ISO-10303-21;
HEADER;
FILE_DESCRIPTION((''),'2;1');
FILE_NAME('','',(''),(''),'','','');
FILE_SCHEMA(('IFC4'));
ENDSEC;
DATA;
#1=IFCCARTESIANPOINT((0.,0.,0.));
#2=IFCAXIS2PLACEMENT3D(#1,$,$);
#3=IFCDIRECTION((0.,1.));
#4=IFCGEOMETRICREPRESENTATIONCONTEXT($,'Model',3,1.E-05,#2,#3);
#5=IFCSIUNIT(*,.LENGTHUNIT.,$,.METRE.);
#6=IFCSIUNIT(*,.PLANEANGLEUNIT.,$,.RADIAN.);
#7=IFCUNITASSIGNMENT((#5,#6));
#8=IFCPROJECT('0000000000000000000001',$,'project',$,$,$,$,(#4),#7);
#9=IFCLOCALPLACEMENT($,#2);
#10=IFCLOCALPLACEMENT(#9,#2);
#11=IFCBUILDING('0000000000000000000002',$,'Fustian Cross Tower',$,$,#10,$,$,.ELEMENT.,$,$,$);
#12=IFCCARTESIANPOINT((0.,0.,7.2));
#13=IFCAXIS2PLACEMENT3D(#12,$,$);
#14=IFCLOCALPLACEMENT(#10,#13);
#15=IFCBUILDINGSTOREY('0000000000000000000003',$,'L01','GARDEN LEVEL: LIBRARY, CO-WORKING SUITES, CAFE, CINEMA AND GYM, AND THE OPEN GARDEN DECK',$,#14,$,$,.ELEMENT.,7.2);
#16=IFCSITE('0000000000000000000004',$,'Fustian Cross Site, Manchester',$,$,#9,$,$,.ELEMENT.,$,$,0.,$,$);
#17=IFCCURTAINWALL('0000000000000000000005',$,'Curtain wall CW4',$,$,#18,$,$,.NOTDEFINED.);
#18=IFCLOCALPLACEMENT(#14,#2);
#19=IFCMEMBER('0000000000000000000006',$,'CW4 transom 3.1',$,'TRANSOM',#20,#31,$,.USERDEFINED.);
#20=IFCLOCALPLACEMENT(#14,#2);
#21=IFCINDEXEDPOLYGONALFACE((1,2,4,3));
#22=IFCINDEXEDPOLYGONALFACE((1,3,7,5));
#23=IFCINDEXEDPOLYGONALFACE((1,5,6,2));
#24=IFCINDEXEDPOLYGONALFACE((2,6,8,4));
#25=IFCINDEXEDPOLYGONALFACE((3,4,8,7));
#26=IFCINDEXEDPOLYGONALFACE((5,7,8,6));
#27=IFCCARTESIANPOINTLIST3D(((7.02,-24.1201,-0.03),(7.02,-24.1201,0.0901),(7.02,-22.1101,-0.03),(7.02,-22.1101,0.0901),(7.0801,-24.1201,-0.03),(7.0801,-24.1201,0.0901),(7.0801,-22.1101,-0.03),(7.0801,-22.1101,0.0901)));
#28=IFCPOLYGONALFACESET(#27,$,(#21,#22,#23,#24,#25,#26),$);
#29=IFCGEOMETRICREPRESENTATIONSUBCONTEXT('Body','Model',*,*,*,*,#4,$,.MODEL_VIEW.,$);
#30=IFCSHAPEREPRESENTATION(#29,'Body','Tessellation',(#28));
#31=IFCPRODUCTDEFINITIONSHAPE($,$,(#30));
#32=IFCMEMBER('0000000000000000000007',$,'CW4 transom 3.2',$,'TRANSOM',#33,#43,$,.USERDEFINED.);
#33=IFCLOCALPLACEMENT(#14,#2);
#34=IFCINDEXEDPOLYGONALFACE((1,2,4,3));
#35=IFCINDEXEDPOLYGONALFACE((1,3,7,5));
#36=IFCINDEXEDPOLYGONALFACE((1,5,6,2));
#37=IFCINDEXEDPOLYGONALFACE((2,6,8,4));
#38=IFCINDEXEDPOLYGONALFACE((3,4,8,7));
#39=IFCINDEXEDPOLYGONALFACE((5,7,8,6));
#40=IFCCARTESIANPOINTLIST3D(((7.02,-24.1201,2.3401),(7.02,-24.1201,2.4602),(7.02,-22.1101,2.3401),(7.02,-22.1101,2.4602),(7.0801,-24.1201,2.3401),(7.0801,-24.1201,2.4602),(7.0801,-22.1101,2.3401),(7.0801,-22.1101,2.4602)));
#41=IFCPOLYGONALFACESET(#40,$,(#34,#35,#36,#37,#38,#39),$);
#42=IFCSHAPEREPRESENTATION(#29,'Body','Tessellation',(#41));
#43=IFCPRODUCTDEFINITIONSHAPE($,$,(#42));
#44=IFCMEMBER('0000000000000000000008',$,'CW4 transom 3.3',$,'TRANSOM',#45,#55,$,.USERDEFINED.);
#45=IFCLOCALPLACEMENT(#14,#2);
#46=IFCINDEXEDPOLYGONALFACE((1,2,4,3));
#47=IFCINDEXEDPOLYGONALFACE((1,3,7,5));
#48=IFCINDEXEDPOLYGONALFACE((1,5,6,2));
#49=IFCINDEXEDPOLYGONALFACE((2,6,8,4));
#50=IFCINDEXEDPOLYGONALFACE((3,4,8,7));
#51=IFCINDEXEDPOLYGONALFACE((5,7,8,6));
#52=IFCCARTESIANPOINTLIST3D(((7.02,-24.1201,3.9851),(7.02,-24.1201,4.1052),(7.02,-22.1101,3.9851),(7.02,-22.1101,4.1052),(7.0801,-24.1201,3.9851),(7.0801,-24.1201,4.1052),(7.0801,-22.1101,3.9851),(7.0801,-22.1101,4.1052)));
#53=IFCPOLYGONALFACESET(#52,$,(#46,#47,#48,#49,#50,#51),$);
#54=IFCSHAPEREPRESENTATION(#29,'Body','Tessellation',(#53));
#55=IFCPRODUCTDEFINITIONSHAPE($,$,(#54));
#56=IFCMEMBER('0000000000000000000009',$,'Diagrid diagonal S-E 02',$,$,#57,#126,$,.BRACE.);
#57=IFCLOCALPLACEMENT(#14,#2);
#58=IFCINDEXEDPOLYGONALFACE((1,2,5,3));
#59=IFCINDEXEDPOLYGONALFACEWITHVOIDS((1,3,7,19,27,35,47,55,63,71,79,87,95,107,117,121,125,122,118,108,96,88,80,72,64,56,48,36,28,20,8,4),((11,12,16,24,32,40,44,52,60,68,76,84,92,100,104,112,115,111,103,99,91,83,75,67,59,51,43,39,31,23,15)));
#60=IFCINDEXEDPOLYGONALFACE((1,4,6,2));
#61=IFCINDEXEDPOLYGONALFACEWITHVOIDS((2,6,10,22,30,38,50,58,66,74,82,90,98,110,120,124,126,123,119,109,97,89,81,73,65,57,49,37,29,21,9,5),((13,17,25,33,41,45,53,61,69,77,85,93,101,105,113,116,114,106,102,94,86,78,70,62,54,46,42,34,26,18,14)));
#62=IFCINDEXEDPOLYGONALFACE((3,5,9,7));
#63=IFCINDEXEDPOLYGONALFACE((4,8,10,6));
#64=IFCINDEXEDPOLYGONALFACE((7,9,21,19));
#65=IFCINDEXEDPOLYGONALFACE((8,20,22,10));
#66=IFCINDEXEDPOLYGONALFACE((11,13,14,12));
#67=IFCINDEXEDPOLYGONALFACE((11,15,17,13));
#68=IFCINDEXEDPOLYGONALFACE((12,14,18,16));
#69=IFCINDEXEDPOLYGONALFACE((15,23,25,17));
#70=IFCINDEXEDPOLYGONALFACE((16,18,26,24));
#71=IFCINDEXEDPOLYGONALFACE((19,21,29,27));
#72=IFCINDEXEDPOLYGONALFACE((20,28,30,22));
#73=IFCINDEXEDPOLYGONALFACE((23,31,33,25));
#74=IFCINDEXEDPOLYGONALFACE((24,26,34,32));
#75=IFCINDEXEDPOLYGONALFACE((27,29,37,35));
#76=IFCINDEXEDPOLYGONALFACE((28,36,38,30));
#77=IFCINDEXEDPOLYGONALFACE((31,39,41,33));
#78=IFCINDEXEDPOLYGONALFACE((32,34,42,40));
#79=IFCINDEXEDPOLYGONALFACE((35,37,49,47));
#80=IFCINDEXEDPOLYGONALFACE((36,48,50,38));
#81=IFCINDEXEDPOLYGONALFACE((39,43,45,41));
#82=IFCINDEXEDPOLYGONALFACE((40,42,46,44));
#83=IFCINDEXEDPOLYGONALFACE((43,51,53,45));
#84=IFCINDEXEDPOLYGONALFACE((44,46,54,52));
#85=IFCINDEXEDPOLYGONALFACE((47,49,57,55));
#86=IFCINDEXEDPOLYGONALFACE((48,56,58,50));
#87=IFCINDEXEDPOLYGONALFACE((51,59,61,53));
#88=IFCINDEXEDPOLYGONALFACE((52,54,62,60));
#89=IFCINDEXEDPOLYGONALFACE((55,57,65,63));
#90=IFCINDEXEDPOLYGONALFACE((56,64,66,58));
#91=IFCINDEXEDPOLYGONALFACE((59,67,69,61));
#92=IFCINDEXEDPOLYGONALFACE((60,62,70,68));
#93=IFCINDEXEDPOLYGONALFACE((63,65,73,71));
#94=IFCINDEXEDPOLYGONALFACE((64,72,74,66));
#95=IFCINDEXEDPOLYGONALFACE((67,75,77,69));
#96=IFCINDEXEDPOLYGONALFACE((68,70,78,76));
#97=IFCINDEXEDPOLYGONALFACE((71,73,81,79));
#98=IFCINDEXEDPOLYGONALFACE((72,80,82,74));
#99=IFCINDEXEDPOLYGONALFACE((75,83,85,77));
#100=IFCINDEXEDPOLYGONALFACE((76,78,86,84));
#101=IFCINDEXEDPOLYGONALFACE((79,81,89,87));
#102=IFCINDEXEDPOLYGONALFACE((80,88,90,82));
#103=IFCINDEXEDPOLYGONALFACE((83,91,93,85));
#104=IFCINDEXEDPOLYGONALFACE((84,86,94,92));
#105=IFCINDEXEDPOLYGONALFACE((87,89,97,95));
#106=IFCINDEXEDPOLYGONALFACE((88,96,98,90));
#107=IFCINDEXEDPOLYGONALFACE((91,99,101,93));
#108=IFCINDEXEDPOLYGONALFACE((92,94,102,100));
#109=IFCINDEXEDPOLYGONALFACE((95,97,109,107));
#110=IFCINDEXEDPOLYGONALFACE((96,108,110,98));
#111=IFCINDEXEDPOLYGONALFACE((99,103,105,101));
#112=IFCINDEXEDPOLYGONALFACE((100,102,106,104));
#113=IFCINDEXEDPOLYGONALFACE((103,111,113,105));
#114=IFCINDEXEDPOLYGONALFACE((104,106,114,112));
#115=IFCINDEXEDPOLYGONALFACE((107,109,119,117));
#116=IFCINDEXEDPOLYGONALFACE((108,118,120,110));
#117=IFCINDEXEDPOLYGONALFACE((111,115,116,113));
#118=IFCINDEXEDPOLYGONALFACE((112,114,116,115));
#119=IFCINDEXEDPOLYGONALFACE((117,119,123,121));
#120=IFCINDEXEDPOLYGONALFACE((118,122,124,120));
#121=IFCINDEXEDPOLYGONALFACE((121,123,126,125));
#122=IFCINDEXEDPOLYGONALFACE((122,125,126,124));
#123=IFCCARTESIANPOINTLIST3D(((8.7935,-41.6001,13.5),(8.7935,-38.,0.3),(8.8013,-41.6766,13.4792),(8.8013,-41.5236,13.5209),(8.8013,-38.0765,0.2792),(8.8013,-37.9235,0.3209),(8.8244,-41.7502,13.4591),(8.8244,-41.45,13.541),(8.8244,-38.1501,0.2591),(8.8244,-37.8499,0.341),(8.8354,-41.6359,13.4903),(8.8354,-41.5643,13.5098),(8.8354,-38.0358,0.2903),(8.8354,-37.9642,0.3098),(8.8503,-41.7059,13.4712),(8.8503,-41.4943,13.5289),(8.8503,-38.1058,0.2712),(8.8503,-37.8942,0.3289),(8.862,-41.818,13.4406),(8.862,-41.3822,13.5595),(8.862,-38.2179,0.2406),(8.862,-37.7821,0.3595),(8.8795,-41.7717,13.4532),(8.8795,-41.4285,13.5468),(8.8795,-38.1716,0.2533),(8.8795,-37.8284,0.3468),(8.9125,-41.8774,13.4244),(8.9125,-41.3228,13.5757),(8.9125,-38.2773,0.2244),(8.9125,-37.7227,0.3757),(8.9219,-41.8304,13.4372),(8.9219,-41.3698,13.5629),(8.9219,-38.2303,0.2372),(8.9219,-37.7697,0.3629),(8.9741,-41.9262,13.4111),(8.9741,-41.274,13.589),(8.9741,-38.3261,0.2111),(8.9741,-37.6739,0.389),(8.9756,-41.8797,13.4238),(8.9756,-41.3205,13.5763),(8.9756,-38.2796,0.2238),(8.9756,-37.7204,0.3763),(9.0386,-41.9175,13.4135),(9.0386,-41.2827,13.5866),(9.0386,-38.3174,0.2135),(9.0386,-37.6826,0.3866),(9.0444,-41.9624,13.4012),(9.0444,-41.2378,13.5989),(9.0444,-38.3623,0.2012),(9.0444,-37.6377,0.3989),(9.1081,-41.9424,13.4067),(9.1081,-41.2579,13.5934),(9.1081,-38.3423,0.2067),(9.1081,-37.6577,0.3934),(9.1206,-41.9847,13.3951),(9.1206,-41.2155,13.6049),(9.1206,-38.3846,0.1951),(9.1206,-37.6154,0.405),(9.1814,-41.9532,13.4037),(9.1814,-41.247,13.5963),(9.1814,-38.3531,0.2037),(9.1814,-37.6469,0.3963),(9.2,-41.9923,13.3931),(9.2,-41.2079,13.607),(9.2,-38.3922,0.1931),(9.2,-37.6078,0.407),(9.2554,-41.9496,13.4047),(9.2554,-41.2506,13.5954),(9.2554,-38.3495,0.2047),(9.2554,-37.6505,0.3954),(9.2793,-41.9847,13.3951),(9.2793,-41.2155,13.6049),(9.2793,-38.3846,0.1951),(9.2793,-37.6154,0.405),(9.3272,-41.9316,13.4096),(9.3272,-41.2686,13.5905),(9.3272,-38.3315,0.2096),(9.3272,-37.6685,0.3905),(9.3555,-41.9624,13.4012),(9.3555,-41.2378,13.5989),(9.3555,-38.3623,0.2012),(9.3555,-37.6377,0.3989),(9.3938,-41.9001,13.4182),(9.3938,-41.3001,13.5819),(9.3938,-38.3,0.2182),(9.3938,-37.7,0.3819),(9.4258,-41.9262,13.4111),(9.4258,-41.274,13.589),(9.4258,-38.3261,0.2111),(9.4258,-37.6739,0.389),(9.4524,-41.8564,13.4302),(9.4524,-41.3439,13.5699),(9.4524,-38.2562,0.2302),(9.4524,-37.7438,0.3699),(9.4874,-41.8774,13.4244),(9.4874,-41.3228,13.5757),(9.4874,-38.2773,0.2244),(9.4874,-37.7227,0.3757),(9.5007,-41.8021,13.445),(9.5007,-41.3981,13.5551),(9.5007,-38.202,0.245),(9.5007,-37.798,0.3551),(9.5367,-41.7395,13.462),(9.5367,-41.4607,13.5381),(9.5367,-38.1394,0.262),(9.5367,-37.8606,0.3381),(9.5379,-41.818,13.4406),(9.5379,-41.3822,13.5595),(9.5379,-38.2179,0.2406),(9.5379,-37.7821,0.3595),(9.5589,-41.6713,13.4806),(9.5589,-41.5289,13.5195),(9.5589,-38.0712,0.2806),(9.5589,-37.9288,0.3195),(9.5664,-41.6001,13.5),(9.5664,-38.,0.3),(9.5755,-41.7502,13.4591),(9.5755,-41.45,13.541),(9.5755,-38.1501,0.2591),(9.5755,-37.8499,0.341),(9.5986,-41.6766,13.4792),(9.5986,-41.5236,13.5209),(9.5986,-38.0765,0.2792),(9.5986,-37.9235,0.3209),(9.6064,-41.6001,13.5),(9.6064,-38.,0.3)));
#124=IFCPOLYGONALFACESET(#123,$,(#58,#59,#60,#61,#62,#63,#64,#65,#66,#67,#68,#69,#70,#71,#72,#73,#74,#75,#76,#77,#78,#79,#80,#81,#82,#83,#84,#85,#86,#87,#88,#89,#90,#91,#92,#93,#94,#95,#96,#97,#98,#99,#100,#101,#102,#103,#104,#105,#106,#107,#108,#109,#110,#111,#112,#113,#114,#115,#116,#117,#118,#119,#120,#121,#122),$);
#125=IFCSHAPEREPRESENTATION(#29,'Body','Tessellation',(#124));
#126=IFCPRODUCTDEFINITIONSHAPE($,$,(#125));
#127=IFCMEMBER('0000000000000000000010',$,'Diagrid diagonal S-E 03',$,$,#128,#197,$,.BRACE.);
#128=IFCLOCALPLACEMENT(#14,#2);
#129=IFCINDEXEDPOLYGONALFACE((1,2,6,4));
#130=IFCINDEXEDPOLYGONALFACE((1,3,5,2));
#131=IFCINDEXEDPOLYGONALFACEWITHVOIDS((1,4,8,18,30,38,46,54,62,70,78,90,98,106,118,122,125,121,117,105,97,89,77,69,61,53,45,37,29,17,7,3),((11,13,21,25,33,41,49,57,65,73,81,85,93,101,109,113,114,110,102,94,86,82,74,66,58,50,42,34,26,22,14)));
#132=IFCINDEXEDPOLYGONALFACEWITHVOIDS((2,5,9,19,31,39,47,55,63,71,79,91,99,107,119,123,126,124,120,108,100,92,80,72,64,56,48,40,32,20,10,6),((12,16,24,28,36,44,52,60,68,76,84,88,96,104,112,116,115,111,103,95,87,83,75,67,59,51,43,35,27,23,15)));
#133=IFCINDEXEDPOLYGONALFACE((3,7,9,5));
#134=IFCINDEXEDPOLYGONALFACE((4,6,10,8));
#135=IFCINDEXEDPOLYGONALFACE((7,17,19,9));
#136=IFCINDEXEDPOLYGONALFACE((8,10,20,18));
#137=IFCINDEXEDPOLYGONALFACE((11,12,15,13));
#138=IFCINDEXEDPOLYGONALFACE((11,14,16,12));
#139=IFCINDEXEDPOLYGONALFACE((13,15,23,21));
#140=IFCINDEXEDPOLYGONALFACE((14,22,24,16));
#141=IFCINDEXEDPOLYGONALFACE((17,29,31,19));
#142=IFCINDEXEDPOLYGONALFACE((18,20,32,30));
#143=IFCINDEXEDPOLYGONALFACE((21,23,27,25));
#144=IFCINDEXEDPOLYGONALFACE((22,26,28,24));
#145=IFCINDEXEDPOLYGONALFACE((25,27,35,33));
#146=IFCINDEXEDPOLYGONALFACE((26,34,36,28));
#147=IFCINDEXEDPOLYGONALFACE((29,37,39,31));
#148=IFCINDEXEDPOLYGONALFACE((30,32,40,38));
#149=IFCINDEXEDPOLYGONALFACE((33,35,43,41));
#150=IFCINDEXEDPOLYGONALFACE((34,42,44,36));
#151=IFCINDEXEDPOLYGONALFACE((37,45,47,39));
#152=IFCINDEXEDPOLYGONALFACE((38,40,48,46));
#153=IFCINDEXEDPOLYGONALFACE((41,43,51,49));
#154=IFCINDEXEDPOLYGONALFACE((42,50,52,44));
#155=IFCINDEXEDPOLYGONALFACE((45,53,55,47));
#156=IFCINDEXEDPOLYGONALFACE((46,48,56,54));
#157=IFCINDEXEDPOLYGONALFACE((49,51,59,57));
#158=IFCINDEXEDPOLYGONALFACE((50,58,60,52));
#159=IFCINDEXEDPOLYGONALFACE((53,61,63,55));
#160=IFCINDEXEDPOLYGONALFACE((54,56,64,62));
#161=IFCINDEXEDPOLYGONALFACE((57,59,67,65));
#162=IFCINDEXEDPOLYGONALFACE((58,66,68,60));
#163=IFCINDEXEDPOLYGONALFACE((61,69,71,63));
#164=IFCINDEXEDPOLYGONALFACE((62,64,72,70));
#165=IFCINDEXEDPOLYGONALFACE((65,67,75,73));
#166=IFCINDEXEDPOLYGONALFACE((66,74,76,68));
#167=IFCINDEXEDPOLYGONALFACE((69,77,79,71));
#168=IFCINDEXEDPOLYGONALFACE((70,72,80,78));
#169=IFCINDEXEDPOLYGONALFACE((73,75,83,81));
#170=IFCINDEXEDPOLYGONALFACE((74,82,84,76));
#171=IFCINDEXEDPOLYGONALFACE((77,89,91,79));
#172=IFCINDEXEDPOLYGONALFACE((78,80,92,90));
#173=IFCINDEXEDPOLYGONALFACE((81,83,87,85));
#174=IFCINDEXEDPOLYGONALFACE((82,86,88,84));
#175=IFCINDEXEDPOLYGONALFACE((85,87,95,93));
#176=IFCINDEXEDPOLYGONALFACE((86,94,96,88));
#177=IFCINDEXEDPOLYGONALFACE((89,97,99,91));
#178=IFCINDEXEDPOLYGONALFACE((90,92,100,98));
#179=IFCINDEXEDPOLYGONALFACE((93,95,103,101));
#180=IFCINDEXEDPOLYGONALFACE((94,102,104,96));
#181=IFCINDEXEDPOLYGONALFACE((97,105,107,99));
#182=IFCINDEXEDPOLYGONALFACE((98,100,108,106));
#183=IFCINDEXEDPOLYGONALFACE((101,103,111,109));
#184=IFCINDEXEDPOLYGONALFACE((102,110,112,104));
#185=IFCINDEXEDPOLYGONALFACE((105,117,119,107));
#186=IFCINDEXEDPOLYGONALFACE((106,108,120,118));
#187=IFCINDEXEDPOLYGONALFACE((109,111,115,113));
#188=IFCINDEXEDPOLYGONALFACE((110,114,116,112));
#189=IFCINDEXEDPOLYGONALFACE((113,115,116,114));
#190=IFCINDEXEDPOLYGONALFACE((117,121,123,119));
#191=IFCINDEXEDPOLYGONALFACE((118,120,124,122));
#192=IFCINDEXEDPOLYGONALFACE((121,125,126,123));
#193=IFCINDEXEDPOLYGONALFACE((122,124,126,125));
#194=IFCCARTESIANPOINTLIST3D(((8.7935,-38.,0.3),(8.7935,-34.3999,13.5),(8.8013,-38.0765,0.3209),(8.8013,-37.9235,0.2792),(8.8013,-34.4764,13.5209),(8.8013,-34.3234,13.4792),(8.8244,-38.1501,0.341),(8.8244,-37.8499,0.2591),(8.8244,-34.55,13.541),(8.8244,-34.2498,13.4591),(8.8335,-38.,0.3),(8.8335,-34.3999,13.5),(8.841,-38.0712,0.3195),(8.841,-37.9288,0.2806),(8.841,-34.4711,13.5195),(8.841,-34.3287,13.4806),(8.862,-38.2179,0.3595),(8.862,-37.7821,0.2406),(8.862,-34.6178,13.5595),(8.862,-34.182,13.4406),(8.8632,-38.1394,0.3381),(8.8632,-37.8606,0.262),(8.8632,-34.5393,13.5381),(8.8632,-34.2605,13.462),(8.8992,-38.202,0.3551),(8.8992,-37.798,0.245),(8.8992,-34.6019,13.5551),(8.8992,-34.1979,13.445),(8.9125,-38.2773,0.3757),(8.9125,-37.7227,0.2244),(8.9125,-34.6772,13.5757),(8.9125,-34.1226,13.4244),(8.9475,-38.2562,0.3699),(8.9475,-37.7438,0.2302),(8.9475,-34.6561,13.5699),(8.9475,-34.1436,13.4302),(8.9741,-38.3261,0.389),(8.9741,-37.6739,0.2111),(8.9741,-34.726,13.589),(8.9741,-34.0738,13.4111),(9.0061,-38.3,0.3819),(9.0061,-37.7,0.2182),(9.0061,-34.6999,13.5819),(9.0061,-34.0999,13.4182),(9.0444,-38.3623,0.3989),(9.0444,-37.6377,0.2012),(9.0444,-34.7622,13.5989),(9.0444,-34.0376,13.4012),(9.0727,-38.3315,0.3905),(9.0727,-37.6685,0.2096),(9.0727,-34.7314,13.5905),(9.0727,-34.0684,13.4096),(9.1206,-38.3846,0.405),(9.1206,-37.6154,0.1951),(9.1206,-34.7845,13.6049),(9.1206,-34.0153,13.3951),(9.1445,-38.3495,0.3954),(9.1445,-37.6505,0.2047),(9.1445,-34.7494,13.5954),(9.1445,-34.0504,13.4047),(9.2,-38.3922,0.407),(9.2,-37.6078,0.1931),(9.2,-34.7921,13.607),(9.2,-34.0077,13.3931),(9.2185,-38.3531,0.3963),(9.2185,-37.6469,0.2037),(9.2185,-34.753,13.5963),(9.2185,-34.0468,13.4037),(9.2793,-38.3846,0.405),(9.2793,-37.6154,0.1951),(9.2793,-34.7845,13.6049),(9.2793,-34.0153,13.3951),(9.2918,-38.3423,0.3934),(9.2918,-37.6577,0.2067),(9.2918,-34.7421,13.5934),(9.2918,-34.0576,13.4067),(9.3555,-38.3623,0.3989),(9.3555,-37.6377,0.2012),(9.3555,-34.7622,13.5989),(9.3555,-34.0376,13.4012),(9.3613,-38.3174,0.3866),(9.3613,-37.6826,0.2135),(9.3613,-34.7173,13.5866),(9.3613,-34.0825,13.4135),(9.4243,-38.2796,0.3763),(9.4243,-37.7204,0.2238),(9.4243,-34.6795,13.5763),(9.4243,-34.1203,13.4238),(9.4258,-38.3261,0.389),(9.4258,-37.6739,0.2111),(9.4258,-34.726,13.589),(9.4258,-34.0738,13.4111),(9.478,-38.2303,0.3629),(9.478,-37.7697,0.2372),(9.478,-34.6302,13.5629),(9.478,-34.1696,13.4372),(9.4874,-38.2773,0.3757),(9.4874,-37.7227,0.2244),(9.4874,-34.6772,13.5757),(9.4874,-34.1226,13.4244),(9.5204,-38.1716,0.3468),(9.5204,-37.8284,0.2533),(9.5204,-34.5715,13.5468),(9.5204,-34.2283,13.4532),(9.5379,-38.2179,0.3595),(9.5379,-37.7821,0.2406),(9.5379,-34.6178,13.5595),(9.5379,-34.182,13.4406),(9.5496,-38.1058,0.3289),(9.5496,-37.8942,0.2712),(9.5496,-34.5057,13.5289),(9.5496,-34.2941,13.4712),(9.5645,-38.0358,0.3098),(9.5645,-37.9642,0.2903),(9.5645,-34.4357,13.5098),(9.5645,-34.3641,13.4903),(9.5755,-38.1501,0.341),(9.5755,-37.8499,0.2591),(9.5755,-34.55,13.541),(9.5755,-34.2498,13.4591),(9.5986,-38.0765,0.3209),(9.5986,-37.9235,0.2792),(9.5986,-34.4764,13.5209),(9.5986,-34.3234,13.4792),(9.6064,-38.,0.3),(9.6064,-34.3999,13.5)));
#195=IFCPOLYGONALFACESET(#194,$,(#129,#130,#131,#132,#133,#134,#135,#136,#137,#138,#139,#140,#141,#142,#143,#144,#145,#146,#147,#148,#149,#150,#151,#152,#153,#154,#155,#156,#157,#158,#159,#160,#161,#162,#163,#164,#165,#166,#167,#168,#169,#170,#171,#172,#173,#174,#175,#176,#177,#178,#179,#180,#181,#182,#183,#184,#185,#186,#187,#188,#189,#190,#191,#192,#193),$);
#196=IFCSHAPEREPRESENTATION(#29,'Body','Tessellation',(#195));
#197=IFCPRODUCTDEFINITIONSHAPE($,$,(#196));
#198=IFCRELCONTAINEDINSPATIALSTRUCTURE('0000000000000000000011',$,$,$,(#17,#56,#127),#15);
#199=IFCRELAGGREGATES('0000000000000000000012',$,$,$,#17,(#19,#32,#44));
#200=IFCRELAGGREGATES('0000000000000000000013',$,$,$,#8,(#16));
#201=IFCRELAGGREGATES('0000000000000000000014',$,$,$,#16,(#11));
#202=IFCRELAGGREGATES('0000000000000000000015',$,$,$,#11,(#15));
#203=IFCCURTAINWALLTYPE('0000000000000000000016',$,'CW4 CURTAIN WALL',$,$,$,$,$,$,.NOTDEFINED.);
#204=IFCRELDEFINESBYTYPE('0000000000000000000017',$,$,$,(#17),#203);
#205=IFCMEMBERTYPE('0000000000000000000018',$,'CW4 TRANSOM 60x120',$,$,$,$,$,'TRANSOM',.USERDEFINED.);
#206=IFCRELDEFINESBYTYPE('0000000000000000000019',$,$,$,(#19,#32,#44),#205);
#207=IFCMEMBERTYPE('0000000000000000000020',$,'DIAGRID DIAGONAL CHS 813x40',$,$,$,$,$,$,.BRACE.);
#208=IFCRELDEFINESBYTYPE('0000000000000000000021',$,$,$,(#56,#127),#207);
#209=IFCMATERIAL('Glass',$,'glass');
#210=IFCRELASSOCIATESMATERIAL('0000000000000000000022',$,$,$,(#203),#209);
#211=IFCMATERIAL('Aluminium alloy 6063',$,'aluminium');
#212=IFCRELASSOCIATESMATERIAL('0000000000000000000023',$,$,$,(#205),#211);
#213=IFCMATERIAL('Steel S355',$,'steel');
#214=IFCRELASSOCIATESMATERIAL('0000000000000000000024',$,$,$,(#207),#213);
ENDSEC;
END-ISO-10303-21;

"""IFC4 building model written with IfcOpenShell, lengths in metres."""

from ifc_helpers import new_model, si_unit, direction, frame, origin, origin_2d, place, context, subcontext, project, spatial, rectangle, hollow_circle, extrude, material, material_profile, profile_set, type_object, element, aggregate, save


model = new_model("IFC4")

# Units and contexts
model_context = context("Model", 3, precision=1e-05, world=origin(), true_north=direction((0.0, 1.0)))
body_context = subcontext(model_context, "Body", "Model", "MODEL_VIEW")
ifc_project = project(units=[si_unit("LENGTHUNIT", "METRE"), si_unit("PLANEANGLEUNIT", "RADIAN")], contexts=[model_context])

# Site, building, storey
site_placement = place(None, origin())
site = spatial("IfcSite", under=ifc_project, at=site_placement, Name="Fustian Cross Site, Manchester", CompositionType="ELEMENT", RefElevation=0.0)
building_placement = place(site_placement, origin())
building = spatial("IfcBuilding", under=site, at=building_placement, Name="Fustian Cross Tower", CompositionType="ELEMENT")
storey_placement = place(building_placement, frame((0.0, 0.0, 7.2)))
storey = spatial("IfcBuildingStorey", under=building, at=storey_placement, Name="L01", Description="GARDEN LEVEL: LIBRARY, CO-WORKING SUITES, CAFE, CINEMA AND GYM, AND THE OPEN GARDEN DECK", CompositionType="ELEMENT", Elevation=7.2)

# Curtain wall, members
ifc_material_1 = material(Name="Glass", Category="glass")
curtain_wall_type = type_object("IfcCurtainWallType", Name="CW4 CURTAIN WALL", PredefinedType="NOTDEFINED", material=ifc_material_1)
curtain_wall_placement = place(storey_placement, origin())
curtain_wall = element("IfcCurtainWall", 1, at=curtain_wall_placement, inside=storey, type_object=curtain_wall_type, Name="Curtain wall CW4", PredefinedType="NOTDEFINED")
ifc_material_2 = material(Name="Aluminium alloy 6063", Category="aluminium")
ifc_material_profile_1 = material_profile(ifc_material_2, rectangle(XDim=0.0601, YDim=0.1201, at=origin_2d()), Name="CW4 TRANSOM 60x120")
ifc_profile_set_1 = profile_set([ifc_material_profile_1], Name="Aluminium alloy 6063")
member_type_1 = type_object("IfcMemberType", Name="CW4 TRANSOM 60x120", ElementType="TRANSOM", PredefinedType="USERDEFINED", material=ifc_profile_set_1)
member_1_placement = place(storey_placement, frame((7.05, -24.1201, 0.03), z_axis=(0.0, 1.0, 0.0), x_axis=(-1.0, 0.0, 0.0)))
member_1 = element("IfcMember", 2, at=member_1_placement, type_object=member_type_1, Name="CW4 transom 3.1", ObjectType="TRANSOM", PredefinedType="USERDEFINED", context=body_context, shape_type="SweptSolid", body=[
    extrude(rectangle(XDim=0.0601, YDim=0.1201, at=origin_2d()), origin(), (0.0, 0.0, 1.0), 2.01),
])
member_2_placement = place(storey_placement, frame((7.05, -24.1201, 2.4001), z_axis=(0.0, 1.0, 0.0), x_axis=(-1.0, 0.0, 0.0)))
member_2 = element("IfcMember", 3, at=member_2_placement, type_object=member_type_1, Name="CW4 transom 3.2", ObjectType="TRANSOM", PredefinedType="USERDEFINED", context=body_context, shape_type="SweptSolid", body=[
    extrude(rectangle(XDim=0.0601, YDim=0.1201, at=origin_2d()), origin(), (0.0, 0.0, 1.0), 2.01),
])
member_3_placement = place(storey_placement, frame((7.05, -24.1201, 4.0452), z_axis=(0.0, 1.0, 0.0), x_axis=(-1.0, 0.0, 0.0)))
member_3 = element("IfcMember", 4, at=member_3_placement, type_object=member_type_1, Name="CW4 transom 3.3", ObjectType="TRANSOM", PredefinedType="USERDEFINED", context=body_context, shape_type="SweptSolid", body=[
    extrude(rectangle(XDim=0.0601, YDim=0.1201, at=origin_2d()), origin(), (0.0, 0.0, 1.0), 2.01),
])
aggregate(curtain_wall, [member_1, member_2, member_3])

# Members
ifc_material_3 = material(Name="Steel S355", Category="steel")
ifc_material_profile_2 = material_profile(ifc_material_3, hollow_circle(Radius=0.4065, WallThickness=0.04, at=origin_2d()), Name="CHS 813x40")
ifc_profile_set_2 = profile_set([ifc_material_profile_2], Name="Steel S355")
member_type_2 = type_object("IfcMemberType", Name="DIAGRID DIAGONAL CHS 813x40", PredefinedType="BRACE", material=ifc_profile_set_2)
for number, where, z_axis, x_axis, name in (
    (5, (9.2, -38.0, 0.3), (0.0, -0.263125, 0.964762), (1.0, 0.0, 0.0), "Diagrid diagonal S-E 02"),
    (6, (9.2, -38.0, 0.3), (0.0, 0.263125, 0.964762), (-1.0, 0.0, 0.0), "Diagrid diagonal S-E 03"),
):
    element("IfcMember", number, at=place(storey_placement, frame(where, z_axis=z_axis, x_axis=x_axis)), inside=storey, type_object=member_type_2, Name=name, PredefinedType="BRACE", context=body_context, shape_type="SweptSolid", body=[
        extrude(hollow_circle(Radius=0.4065, WallThickness=0.04, at=origin_2d()), origin(), (0.0, 0.0, 1.0), 13.6821),
    ])

save(model, "model.ifc")
